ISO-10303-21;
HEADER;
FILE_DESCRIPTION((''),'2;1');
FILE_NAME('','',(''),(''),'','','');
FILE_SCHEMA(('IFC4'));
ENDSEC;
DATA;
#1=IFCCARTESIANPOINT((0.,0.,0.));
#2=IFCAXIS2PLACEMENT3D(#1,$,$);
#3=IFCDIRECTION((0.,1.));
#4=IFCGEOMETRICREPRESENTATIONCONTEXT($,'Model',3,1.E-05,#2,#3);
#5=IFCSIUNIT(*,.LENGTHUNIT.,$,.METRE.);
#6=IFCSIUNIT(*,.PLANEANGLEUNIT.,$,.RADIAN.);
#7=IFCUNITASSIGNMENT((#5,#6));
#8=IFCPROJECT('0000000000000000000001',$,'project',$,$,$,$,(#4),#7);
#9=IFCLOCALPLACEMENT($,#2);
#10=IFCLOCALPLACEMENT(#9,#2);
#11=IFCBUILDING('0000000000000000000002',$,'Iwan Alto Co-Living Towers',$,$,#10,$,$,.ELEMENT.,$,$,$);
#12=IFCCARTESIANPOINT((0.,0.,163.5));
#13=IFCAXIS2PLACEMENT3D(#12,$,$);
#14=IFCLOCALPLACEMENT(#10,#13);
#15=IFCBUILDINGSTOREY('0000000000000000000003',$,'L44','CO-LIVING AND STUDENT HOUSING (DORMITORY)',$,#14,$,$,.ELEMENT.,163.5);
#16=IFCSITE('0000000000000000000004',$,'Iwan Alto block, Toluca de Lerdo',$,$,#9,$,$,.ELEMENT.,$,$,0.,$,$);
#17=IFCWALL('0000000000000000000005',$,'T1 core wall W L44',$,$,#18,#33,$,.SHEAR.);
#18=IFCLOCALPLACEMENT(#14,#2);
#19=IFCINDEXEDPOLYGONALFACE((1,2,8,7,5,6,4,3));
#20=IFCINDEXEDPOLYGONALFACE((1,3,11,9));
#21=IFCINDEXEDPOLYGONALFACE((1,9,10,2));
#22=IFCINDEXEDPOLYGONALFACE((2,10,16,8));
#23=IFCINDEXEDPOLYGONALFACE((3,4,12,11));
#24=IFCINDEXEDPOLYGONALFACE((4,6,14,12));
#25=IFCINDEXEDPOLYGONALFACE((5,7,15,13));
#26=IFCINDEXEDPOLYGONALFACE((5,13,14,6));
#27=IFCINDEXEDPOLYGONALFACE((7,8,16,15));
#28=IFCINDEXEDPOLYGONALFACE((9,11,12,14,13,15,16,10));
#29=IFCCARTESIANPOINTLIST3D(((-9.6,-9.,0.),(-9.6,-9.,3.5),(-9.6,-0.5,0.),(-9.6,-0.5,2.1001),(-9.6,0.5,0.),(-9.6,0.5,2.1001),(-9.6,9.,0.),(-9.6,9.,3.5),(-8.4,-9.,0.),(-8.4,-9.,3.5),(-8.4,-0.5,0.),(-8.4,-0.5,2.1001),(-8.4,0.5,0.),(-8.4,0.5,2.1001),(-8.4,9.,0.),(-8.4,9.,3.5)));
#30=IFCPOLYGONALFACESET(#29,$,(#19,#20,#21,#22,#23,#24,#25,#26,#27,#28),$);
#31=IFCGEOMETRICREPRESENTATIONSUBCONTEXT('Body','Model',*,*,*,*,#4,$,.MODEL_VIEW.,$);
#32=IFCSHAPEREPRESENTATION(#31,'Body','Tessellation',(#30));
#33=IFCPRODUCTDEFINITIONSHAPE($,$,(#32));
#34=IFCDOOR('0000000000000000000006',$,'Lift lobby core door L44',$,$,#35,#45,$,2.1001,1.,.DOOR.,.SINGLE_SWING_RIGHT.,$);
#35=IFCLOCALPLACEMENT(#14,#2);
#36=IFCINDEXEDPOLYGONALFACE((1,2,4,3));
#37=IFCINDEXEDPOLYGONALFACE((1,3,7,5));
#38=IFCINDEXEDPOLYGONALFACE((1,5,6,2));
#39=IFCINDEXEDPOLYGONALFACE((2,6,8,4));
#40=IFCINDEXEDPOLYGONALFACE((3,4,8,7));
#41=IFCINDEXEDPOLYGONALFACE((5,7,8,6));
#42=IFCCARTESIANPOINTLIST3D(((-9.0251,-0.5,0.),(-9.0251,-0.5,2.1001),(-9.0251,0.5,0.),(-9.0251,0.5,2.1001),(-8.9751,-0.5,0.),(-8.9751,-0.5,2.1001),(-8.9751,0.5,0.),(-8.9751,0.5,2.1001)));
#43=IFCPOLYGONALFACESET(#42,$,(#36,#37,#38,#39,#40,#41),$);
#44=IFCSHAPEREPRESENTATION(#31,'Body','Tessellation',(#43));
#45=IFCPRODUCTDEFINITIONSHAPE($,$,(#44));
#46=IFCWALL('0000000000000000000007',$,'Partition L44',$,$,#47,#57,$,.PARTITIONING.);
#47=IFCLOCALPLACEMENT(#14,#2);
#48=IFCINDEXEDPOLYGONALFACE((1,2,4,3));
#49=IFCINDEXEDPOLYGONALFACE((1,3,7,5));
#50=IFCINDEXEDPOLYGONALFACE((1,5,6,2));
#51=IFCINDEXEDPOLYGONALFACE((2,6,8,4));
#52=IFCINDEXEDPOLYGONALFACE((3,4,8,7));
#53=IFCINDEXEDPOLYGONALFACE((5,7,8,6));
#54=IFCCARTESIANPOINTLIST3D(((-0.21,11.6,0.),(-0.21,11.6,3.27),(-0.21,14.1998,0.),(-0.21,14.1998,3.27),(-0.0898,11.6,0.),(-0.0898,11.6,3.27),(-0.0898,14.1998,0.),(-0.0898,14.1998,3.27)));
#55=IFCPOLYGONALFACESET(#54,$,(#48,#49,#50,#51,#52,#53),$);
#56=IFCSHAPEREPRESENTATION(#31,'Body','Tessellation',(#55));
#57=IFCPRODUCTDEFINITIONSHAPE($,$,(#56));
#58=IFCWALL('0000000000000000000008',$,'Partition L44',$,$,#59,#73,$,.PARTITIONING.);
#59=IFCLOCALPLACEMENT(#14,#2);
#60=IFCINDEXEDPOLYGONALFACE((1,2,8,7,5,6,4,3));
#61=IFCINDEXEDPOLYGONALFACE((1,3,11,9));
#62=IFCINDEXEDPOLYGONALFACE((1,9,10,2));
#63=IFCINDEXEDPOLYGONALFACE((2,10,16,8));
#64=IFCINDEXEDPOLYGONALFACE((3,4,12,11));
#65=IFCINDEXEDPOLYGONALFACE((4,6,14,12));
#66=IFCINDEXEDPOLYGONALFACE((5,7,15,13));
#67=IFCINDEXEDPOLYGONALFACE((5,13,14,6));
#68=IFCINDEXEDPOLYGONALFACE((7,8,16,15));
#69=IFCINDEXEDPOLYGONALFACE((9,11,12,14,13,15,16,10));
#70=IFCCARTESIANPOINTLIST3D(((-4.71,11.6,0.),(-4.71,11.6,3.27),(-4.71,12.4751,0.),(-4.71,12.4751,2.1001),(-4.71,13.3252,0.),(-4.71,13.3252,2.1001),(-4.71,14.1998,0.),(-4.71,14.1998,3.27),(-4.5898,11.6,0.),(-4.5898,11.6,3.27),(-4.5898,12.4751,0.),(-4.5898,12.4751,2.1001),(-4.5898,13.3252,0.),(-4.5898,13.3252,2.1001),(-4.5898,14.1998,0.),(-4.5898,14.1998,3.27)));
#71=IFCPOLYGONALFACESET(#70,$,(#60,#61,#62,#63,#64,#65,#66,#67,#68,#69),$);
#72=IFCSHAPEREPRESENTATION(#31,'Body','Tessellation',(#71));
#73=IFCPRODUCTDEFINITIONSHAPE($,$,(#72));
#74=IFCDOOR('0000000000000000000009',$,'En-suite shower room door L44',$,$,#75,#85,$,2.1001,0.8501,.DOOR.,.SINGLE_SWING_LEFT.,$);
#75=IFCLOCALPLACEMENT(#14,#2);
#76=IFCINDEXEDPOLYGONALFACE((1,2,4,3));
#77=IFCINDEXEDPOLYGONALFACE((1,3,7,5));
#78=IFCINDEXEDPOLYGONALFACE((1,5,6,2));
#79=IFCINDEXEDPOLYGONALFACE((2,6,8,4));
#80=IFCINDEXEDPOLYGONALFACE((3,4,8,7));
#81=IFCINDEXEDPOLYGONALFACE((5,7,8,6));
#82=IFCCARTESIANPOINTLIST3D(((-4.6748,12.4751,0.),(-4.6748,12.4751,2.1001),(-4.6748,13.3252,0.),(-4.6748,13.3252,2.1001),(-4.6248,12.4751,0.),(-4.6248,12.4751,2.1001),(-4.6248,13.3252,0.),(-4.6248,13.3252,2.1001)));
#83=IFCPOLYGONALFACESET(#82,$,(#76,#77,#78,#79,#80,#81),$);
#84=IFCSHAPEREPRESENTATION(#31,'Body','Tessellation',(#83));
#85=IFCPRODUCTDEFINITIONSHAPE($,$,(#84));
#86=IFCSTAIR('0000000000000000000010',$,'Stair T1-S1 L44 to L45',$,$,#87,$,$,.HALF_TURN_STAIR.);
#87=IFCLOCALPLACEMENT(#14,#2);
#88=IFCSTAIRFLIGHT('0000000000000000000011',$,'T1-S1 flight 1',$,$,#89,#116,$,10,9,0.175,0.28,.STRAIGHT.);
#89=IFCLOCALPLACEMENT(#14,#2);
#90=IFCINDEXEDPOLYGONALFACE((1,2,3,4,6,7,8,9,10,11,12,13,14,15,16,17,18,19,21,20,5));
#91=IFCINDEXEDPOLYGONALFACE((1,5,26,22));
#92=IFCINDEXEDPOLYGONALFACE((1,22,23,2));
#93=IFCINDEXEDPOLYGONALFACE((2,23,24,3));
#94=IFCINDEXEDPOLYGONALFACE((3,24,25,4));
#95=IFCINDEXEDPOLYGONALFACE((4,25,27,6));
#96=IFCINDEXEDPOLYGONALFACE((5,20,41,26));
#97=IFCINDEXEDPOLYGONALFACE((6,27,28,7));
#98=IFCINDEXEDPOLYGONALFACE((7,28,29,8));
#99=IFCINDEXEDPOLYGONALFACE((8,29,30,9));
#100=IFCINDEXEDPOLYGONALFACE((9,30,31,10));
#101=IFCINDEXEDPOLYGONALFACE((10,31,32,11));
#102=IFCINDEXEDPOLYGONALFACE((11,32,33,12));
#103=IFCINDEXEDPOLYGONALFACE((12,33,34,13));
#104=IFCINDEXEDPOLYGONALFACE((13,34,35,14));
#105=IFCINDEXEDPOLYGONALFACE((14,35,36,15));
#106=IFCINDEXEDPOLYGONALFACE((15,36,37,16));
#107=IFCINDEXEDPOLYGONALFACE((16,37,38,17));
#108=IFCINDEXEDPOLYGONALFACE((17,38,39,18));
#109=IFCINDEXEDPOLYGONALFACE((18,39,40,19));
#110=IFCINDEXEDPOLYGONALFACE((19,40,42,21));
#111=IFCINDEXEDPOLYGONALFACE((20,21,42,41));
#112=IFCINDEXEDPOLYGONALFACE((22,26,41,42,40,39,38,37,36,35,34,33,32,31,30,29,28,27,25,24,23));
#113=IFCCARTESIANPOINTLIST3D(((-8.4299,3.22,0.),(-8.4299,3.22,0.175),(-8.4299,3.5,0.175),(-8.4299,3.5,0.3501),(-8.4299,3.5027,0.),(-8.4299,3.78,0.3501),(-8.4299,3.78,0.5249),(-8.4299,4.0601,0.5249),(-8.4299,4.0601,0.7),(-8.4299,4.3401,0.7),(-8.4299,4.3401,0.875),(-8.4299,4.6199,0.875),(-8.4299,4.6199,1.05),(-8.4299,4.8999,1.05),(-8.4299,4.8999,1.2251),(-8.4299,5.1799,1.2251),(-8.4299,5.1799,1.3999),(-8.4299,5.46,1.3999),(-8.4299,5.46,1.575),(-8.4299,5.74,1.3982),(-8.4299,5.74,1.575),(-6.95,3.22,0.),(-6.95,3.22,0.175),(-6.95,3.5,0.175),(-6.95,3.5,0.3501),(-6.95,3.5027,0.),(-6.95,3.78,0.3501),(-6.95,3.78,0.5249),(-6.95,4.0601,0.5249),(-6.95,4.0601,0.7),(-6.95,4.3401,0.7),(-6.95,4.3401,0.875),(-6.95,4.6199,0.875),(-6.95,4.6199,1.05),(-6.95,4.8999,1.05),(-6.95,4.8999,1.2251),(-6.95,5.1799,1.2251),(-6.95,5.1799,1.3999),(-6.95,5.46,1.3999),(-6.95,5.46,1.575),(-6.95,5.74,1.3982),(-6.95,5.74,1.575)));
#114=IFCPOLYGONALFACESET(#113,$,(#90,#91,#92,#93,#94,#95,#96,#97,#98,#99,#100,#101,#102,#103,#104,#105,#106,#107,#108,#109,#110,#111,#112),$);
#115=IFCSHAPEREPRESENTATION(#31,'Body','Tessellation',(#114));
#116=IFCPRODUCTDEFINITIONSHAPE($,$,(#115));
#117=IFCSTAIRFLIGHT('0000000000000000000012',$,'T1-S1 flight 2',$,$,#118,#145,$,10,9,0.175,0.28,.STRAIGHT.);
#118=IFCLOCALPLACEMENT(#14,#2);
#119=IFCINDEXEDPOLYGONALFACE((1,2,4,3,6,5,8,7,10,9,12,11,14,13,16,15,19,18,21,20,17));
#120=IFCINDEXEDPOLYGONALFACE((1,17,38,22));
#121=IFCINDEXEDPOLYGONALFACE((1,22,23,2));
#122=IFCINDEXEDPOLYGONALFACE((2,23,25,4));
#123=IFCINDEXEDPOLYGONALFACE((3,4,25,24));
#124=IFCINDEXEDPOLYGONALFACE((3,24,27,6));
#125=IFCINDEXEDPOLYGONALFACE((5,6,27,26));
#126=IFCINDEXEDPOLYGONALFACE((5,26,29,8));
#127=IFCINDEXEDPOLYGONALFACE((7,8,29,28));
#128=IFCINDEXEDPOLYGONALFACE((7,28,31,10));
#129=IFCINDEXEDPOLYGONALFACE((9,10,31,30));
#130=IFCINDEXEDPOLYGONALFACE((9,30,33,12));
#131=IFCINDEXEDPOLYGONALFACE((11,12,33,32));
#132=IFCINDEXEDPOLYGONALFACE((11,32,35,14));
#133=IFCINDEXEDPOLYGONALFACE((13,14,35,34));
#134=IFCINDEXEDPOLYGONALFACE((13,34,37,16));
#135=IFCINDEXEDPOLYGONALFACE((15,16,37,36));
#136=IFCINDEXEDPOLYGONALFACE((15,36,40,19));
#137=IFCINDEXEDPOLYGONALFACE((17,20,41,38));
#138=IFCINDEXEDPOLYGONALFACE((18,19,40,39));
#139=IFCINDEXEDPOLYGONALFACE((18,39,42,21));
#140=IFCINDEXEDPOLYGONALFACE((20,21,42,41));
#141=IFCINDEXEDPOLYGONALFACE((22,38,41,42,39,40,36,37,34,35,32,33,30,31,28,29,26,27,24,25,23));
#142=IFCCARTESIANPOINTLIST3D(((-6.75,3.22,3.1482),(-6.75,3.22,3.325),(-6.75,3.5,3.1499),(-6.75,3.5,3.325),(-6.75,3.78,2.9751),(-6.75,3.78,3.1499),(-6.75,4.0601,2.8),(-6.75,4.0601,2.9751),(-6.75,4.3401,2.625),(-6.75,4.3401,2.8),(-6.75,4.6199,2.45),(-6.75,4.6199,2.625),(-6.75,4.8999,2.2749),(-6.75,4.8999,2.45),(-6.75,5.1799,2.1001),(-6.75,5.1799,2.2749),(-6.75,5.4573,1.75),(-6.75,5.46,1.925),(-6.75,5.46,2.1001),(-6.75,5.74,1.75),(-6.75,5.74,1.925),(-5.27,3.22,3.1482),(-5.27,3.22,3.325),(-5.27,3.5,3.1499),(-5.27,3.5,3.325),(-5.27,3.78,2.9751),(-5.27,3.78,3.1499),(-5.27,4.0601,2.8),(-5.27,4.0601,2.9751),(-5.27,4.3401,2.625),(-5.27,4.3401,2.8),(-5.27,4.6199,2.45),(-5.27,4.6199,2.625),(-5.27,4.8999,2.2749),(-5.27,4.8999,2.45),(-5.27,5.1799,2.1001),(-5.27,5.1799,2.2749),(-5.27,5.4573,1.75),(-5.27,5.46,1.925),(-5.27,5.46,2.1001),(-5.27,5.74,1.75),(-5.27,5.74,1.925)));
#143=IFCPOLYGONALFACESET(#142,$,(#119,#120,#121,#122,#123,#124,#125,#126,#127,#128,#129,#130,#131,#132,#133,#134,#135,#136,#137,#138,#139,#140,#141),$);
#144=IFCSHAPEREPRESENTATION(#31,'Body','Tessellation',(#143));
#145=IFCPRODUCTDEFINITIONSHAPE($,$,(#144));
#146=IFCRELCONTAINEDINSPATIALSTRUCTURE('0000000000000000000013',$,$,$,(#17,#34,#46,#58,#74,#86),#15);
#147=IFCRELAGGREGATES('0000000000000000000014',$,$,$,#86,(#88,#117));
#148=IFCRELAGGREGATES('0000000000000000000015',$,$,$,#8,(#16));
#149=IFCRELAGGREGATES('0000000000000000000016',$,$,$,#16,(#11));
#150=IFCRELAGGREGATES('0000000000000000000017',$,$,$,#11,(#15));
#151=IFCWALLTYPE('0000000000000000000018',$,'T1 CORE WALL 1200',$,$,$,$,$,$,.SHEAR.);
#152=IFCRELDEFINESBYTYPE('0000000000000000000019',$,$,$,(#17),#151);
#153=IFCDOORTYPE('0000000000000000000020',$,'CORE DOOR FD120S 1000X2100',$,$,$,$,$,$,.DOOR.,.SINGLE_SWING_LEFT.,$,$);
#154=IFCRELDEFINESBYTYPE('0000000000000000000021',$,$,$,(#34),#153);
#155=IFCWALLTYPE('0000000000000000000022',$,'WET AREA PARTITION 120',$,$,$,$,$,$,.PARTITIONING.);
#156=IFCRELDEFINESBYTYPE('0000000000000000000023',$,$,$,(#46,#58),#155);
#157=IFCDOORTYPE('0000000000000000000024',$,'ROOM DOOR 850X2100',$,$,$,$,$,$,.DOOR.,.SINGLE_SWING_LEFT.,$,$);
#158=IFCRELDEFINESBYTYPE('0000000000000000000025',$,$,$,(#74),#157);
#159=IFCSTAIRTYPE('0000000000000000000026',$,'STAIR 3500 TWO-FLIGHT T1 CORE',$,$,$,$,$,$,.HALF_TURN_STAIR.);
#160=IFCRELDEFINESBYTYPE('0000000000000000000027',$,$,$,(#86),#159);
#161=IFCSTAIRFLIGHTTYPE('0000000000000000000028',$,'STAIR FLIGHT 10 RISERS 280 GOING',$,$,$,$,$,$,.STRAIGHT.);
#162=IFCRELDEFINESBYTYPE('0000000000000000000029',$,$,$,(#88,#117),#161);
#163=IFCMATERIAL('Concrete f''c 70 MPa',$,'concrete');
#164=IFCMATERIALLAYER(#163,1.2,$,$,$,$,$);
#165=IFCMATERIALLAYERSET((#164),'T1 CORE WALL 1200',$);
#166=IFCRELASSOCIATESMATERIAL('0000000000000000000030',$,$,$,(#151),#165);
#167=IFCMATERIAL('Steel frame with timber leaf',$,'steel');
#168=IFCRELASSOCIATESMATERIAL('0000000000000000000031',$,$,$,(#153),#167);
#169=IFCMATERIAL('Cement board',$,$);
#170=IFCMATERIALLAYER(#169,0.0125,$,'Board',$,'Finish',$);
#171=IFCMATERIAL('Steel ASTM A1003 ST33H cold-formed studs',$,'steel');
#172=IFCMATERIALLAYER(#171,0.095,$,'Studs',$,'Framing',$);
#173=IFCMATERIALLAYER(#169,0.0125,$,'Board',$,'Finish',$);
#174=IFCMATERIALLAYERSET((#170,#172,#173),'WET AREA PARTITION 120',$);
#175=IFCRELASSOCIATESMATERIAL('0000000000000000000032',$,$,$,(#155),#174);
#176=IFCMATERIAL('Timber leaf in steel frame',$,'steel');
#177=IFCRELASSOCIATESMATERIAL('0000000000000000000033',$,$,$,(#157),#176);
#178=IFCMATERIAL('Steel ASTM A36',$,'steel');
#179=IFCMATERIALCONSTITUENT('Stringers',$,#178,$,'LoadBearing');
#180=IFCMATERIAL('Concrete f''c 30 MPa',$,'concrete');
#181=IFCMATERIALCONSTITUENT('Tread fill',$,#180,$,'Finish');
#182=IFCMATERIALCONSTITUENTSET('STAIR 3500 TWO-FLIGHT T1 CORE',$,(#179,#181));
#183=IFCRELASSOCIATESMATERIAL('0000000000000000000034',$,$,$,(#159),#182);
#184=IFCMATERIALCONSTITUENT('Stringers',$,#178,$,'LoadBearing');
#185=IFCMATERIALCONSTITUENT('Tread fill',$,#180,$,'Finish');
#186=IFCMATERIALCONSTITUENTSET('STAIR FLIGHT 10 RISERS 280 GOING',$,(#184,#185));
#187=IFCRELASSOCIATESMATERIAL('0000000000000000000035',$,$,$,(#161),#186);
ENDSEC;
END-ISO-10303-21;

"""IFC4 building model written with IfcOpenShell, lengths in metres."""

from ifc_helpers import new_model, si_unit, direction, frame, frame_2d, origin, place, context, subcontext, project, spatial, polyline, rectangle, outline, extrude, material, layer, layer_set, constituent, constituent_set, type_object, element, fill, aggregate, save


model = new_model("IFC4")

# Units and contexts
model_context = context("Model", 3, precision=1e-05, world=origin(), true_north=direction((0.0, 1.0)))
body_context = subcontext(model_context, "Body", "Model", "MODEL_VIEW")
ifc_project = project(units=[si_unit("LENGTHUNIT", "METRE"), si_unit("PLANEANGLEUNIT", "RADIAN")], contexts=[model_context])

# Site, building, storey
site_placement = place(None, origin())
site = spatial("IfcSite", under=ifc_project, at=site_placement, Name="Iwan Alto block, Toluca de Lerdo", CompositionType="ELEMENT", RefElevation=0.0)
building_placement = place(site_placement, origin())
building = spatial("IfcBuilding", under=site, at=building_placement, Name="Iwan Alto Co-Living Towers", CompositionType="ELEMENT")
storey_placement = place(building_placement, frame((0.0, 0.0, 163.5)))
storey = spatial("IfcBuildingStorey", under=building, at=storey_placement, Name="L44", Description="CO-LIVING AND STUDENT HOUSING (DORMITORY)", CompositionType="ELEMENT", Elevation=163.5)

# Shared definitions
ifc_material_1 = material(Name="Steel ASTM A1003 ST33H cold-formed studs", Category="steel")

# Wall, opening, door
ifc_material_2 = material(Name="Concrete f'c 70 MPa", Category="concrete")
ifc_layer_1 = layer(ifc_material_2, 1.2)
ifc_layer_set_1 = layer_set([ifc_layer_1], Name="T1 CORE WALL 1200")
wall_type_1 = type_object("IfcWallType", Name="T1 CORE WALL 1200", PredefinedType="SHEAR", material=ifc_layer_set_1)
wall_1_placement = place(storey_placement, frame((-9.0, 9.0, 0.0), z_axis=(0.0, 0.0, 1.0), x_axis=(0.0, -1.0, 0.0)))
wall_1 = element("IfcWall", 1, at=wall_1_placement, inside=storey, type_object=wall_type_1, Name="T1 core wall W L44", PredefinedType="SHEAR", context=body_context, shape_type="SweptSolid", body=[
    extrude(rectangle(XDim=18.0, YDim=1.2, at=frame_2d((9.0, 0.0))), origin(), (0.0, 0.0, 1.0), 3.5),
])
opening_1_placement = place(wall_1_placement, frame((8.5, 0.0, 0.0)))
opening_1 = element("IfcOpeningElement", 2, at=opening_1_placement, cuts=wall_1, PredefinedType="OPENING", context=body_context, shape_type="SweptSolid", body=[
    extrude(rectangle(XDim=1.0, YDim=2.1001, at=frame_2d((0.5, 1.05))), frame((0.0, 0.6099, 0.0), z_axis=(0.0, -1.0, 0.0), x_axis=(1.0, 0.0, 0.0)), (0.0, 0.0, 1.0), 1.22),
])
ifc_material_3 = material(Name="Steel frame with timber leaf", Category="steel")
door_type_1 = type_object("IfcDoorType", Name="CORE DOOR FD120S 1000X2100", OperationType="SINGLE_SWING_LEFT", PredefinedType="DOOR", material=ifc_material_3)
door_1_placement = place(opening_1_placement, origin())
door_1 = element("IfcDoor", 3, at=door_1_placement, inside=storey, type_object=door_type_1, Name="Lift lobby core door L44", OperationType="SINGLE_SWING_RIGHT", OverallHeight=2.1001, OverallWidth=1.0, PredefinedType="DOOR", context=body_context, shape_type="SweptSolid", body=[
    extrude(rectangle(XDim=1.0, YDim=2.1001, at=frame_2d((0.5, 1.05))), frame((0.0, 0.0249, 0.0), z_axis=(0.0, -1.0, 0.0), x_axis=(1.0, 0.0, 0.0)), (0.0, 0.0, 1.0), 0.05),
])
fill(opening_1, door_1)

# Wall
ifc_material_4 = material(Name="Cement board")
ifc_layer_2 = layer(ifc_material_4, 0.0125, Name="Board", Category="Finish")
ifc_layer_3 = layer(ifc_material_1, 0.095, Name="Studs", Category="Framing")
ifc_layer_4 = layer(ifc_material_4, 0.0125, Name="Board", Category="Finish")
ifc_layer_set_2 = layer_set([ifc_layer_2, ifc_layer_3, ifc_layer_4], Name="WET AREA PARTITION 120")
wall_type_2 = type_object("IfcWallType", Name="WET AREA PARTITION 120", PredefinedType="PARTITIONING", material=ifc_layer_set_2)
wall_2_placement = place(storey_placement, frame((-0.1499, 11.6001, 0.0), z_axis=(0.0, 0.0, 1.0), x_axis=(0.0, 1.0, 0.0)))
element("IfcWall", 4, at=wall_2_placement, inside=storey, type_object=wall_type_2, Name="Partition L44", PredefinedType="PARTITIONING", context=body_context, shape_type="SweptSolid", body=[
    extrude(rectangle(XDim=2.5999, YDim=0.1201, at=frame_2d((1.2998, 0.0))), origin(), (0.0, 0.0, 1.0), 3.27),
])

# Wall, opening, door
wall_3_placement = place(storey_placement, frame((-4.6499, 11.6001, 0.0), z_axis=(0.0, 0.0, 1.0), x_axis=(0.0, 1.0, 0.0)))
wall_3 = element("IfcWall", 5, at=wall_3_placement, inside=storey, type_object=wall_type_2, Name="Partition L44", PredefinedType="PARTITIONING", context=body_context, shape_type="SweptSolid", body=[
    extrude(rectangle(XDim=2.5999, YDim=0.1201, at=frame_2d((1.2998, 0.0))), origin(), (0.0, 0.0, 1.0), 3.27),
])
opening_2_placement = place(wall_3_placement, frame((0.875, 0.0, 0.0)))
opening_2 = element("IfcOpeningElement", 6, at=opening_2_placement, cuts=wall_3, PredefinedType="OPENING", context=body_context, shape_type="SweptSolid", body=[
    extrude(rectangle(XDim=0.8501, YDim=2.1001, at=frame_2d((0.425, 1.05))), frame((0.0, 0.0701, 0.0), z_axis=(0.0, -1.0, 0.0), x_axis=(1.0, 0.0, 0.0)), (0.0, 0.0, 1.0), 0.1401),
])
ifc_material_5 = material(Name="Timber leaf in steel frame", Category="steel")
door_type_2 = type_object("IfcDoorType", Name="ROOM DOOR 850X2100", OperationType="SINGLE_SWING_LEFT", PredefinedType="DOOR", material=ifc_material_5)
door_2_placement = place(opening_2_placement, origin())
door_2 = element("IfcDoor", 7, at=door_2_placement, inside=storey, type_object=door_type_2, Name="En-suite shower room door L44", OperationType="SINGLE_SWING_LEFT", OverallHeight=2.1001, OverallWidth=0.8501, PredefinedType="DOOR", context=body_context, shape_type="SweptSolid", body=[
    extrude(rectangle(XDim=0.8501, YDim=2.1001, at=frame_2d((0.425, 1.05))), frame((0.0, 0.0249, 0.0), z_axis=(0.0, -1.0, 0.0), x_axis=(1.0, 0.0, 0.0)), (0.0, 0.0, 1.0), 0.05),
])
fill(opening_2, door_2)

# Stair, stair flights
ifc_material_6 = material(Name="Steel ASTM A36", Category="steel")
ifc_constituent_1 = constituent(ifc_material_6, Name="Stringers", Category="LoadBearing")
ifc_material_7 = material(Name="Concrete f'c 30 MPa", Category="concrete")
ifc_constituent_2 = constituent(ifc_material_7, Name="Tread fill", Category="Finish")
ifc_constituent_set_1 = constituent_set(constituents=[ifc_constituent_1, ifc_constituent_2], Name="STAIR 3500 TWO-FLIGHT T1 CORE")
stair_type = type_object("IfcStairType", Name="STAIR 3500 TWO-FLIGHT T1 CORE", PredefinedType="HALF_TURN_STAIR", material=ifc_constituent_set_1)
stair_placement = place(storey_placement, origin())
stair = element("IfcStair", 8, at=stair_placement, inside=storey, type_object=stair_type, Name="Stair T1-S1 L44 to L45", PredefinedType="HALF_TURN_STAIR")
ifc_constituent_3 = constituent(ifc_material_6, Name="Stringers", Category="LoadBearing")
ifc_constituent_4 = constituent(ifc_material_7, Name="Tread fill", Category="Finish")
ifc_constituent_set_2 = constituent_set(constituents=[ifc_constituent_3, ifc_constituent_4], Name="STAIR FLIGHT 10 RISERS 280 GOING")
stair_flight_type = type_object("IfcStairFlightType", Name="STAIR FLIGHT 10 RISERS 280 GOING", PredefinedType="STRAIGHT", material=ifc_constituent_set_2)
stair_flight_1_placement = place(storey_placement, frame((-7.6899, 3.22, 0.0), z_axis=(0.0, 0.0, 1.0), x_axis=(0.0, 1.0, 0.0)))
stair_flight_1 = element("IfcStairFlight", 9, at=stair_flight_1_placement, type_object=stair_flight_type, Name="T1-S1 flight 1", NumberOfRisers=10, NumberOfTreads=9, PredefinedType="STRAIGHT", RiserHeight=0.175, TreadLength=0.28, context=body_context, shape_type="SweptSolid", body=[
    extrude(outline(polyline([(0.0, 0.0), (0.0, 0.175), (0.28, 0.175), (0.28, 0.3501), (0.5601, 0.3501), (0.5601, 0.5249), (0.8401, 0.5249), (0.8401, 0.7), (1.1201, 0.7), (1.1201, 0.875), (1.3999, 0.875), (1.3999, 1.05), (1.6799, 1.05), (1.6799, 1.2251), (1.96, 1.2251), (1.96, 1.3999), (2.24, 1.3999), (2.24, 1.575), (2.52, 1.575), (2.52, 1.75), (2.52, 1.3982), (0.2827, 0.0), (0.0, 0.0)])), frame((0.0, 0.74, 0.0), z_axis=(0.0, -1.0, 0.0), x_axis=(1.0, 0.0, 0.0)), (0.0, 0.0, 1.0), 1.48),
])
stair_flight_2_placement = place(storey_placement, frame((-6.01, 5.74, 1.75), z_axis=(0.0, 0.0, 1.0), x_axis=(0.0, -1.0, 0.0)))
stair_flight_2 = element("IfcStairFlight", 10, at=stair_flight_2_placement, type_object=stair_flight_type, Name="T1-S1 flight 2", NumberOfRisers=10, NumberOfTreads=9, PredefinedType="STRAIGHT", RiserHeight=0.175, TreadLength=0.28, context=body_context, shape_type="SweptSolid", body=[
    extrude(outline(polyline([(0.0, 0.0), (0.0, 0.175), (0.28, 0.175), (0.28, 0.3501), (0.5601, 0.3501), (0.5601, 0.5249), (0.8401, 0.5249), (0.8401, 0.7), (1.1201, 0.7), (1.1201, 0.875), (1.3999, 0.875), (1.3999, 1.05), (1.6799, 1.05), (1.6799, 1.2251), (1.96, 1.2251), (1.96, 1.3999), (2.24, 1.3999), (2.24, 1.575), (2.52, 1.575), (2.52, 1.75), (2.52, 1.3982), (0.2827, 0.0), (0.0, 0.0)])), frame((0.0, 0.74, 0.0), z_axis=(0.0, -1.0, 0.0), x_axis=(1.0, 0.0, 0.0)), (0.0, 0.0, 1.0), 1.48),
])
aggregate(stair, [stair_flight_1, stair_flight_2])

save(model, "model.ifc")
